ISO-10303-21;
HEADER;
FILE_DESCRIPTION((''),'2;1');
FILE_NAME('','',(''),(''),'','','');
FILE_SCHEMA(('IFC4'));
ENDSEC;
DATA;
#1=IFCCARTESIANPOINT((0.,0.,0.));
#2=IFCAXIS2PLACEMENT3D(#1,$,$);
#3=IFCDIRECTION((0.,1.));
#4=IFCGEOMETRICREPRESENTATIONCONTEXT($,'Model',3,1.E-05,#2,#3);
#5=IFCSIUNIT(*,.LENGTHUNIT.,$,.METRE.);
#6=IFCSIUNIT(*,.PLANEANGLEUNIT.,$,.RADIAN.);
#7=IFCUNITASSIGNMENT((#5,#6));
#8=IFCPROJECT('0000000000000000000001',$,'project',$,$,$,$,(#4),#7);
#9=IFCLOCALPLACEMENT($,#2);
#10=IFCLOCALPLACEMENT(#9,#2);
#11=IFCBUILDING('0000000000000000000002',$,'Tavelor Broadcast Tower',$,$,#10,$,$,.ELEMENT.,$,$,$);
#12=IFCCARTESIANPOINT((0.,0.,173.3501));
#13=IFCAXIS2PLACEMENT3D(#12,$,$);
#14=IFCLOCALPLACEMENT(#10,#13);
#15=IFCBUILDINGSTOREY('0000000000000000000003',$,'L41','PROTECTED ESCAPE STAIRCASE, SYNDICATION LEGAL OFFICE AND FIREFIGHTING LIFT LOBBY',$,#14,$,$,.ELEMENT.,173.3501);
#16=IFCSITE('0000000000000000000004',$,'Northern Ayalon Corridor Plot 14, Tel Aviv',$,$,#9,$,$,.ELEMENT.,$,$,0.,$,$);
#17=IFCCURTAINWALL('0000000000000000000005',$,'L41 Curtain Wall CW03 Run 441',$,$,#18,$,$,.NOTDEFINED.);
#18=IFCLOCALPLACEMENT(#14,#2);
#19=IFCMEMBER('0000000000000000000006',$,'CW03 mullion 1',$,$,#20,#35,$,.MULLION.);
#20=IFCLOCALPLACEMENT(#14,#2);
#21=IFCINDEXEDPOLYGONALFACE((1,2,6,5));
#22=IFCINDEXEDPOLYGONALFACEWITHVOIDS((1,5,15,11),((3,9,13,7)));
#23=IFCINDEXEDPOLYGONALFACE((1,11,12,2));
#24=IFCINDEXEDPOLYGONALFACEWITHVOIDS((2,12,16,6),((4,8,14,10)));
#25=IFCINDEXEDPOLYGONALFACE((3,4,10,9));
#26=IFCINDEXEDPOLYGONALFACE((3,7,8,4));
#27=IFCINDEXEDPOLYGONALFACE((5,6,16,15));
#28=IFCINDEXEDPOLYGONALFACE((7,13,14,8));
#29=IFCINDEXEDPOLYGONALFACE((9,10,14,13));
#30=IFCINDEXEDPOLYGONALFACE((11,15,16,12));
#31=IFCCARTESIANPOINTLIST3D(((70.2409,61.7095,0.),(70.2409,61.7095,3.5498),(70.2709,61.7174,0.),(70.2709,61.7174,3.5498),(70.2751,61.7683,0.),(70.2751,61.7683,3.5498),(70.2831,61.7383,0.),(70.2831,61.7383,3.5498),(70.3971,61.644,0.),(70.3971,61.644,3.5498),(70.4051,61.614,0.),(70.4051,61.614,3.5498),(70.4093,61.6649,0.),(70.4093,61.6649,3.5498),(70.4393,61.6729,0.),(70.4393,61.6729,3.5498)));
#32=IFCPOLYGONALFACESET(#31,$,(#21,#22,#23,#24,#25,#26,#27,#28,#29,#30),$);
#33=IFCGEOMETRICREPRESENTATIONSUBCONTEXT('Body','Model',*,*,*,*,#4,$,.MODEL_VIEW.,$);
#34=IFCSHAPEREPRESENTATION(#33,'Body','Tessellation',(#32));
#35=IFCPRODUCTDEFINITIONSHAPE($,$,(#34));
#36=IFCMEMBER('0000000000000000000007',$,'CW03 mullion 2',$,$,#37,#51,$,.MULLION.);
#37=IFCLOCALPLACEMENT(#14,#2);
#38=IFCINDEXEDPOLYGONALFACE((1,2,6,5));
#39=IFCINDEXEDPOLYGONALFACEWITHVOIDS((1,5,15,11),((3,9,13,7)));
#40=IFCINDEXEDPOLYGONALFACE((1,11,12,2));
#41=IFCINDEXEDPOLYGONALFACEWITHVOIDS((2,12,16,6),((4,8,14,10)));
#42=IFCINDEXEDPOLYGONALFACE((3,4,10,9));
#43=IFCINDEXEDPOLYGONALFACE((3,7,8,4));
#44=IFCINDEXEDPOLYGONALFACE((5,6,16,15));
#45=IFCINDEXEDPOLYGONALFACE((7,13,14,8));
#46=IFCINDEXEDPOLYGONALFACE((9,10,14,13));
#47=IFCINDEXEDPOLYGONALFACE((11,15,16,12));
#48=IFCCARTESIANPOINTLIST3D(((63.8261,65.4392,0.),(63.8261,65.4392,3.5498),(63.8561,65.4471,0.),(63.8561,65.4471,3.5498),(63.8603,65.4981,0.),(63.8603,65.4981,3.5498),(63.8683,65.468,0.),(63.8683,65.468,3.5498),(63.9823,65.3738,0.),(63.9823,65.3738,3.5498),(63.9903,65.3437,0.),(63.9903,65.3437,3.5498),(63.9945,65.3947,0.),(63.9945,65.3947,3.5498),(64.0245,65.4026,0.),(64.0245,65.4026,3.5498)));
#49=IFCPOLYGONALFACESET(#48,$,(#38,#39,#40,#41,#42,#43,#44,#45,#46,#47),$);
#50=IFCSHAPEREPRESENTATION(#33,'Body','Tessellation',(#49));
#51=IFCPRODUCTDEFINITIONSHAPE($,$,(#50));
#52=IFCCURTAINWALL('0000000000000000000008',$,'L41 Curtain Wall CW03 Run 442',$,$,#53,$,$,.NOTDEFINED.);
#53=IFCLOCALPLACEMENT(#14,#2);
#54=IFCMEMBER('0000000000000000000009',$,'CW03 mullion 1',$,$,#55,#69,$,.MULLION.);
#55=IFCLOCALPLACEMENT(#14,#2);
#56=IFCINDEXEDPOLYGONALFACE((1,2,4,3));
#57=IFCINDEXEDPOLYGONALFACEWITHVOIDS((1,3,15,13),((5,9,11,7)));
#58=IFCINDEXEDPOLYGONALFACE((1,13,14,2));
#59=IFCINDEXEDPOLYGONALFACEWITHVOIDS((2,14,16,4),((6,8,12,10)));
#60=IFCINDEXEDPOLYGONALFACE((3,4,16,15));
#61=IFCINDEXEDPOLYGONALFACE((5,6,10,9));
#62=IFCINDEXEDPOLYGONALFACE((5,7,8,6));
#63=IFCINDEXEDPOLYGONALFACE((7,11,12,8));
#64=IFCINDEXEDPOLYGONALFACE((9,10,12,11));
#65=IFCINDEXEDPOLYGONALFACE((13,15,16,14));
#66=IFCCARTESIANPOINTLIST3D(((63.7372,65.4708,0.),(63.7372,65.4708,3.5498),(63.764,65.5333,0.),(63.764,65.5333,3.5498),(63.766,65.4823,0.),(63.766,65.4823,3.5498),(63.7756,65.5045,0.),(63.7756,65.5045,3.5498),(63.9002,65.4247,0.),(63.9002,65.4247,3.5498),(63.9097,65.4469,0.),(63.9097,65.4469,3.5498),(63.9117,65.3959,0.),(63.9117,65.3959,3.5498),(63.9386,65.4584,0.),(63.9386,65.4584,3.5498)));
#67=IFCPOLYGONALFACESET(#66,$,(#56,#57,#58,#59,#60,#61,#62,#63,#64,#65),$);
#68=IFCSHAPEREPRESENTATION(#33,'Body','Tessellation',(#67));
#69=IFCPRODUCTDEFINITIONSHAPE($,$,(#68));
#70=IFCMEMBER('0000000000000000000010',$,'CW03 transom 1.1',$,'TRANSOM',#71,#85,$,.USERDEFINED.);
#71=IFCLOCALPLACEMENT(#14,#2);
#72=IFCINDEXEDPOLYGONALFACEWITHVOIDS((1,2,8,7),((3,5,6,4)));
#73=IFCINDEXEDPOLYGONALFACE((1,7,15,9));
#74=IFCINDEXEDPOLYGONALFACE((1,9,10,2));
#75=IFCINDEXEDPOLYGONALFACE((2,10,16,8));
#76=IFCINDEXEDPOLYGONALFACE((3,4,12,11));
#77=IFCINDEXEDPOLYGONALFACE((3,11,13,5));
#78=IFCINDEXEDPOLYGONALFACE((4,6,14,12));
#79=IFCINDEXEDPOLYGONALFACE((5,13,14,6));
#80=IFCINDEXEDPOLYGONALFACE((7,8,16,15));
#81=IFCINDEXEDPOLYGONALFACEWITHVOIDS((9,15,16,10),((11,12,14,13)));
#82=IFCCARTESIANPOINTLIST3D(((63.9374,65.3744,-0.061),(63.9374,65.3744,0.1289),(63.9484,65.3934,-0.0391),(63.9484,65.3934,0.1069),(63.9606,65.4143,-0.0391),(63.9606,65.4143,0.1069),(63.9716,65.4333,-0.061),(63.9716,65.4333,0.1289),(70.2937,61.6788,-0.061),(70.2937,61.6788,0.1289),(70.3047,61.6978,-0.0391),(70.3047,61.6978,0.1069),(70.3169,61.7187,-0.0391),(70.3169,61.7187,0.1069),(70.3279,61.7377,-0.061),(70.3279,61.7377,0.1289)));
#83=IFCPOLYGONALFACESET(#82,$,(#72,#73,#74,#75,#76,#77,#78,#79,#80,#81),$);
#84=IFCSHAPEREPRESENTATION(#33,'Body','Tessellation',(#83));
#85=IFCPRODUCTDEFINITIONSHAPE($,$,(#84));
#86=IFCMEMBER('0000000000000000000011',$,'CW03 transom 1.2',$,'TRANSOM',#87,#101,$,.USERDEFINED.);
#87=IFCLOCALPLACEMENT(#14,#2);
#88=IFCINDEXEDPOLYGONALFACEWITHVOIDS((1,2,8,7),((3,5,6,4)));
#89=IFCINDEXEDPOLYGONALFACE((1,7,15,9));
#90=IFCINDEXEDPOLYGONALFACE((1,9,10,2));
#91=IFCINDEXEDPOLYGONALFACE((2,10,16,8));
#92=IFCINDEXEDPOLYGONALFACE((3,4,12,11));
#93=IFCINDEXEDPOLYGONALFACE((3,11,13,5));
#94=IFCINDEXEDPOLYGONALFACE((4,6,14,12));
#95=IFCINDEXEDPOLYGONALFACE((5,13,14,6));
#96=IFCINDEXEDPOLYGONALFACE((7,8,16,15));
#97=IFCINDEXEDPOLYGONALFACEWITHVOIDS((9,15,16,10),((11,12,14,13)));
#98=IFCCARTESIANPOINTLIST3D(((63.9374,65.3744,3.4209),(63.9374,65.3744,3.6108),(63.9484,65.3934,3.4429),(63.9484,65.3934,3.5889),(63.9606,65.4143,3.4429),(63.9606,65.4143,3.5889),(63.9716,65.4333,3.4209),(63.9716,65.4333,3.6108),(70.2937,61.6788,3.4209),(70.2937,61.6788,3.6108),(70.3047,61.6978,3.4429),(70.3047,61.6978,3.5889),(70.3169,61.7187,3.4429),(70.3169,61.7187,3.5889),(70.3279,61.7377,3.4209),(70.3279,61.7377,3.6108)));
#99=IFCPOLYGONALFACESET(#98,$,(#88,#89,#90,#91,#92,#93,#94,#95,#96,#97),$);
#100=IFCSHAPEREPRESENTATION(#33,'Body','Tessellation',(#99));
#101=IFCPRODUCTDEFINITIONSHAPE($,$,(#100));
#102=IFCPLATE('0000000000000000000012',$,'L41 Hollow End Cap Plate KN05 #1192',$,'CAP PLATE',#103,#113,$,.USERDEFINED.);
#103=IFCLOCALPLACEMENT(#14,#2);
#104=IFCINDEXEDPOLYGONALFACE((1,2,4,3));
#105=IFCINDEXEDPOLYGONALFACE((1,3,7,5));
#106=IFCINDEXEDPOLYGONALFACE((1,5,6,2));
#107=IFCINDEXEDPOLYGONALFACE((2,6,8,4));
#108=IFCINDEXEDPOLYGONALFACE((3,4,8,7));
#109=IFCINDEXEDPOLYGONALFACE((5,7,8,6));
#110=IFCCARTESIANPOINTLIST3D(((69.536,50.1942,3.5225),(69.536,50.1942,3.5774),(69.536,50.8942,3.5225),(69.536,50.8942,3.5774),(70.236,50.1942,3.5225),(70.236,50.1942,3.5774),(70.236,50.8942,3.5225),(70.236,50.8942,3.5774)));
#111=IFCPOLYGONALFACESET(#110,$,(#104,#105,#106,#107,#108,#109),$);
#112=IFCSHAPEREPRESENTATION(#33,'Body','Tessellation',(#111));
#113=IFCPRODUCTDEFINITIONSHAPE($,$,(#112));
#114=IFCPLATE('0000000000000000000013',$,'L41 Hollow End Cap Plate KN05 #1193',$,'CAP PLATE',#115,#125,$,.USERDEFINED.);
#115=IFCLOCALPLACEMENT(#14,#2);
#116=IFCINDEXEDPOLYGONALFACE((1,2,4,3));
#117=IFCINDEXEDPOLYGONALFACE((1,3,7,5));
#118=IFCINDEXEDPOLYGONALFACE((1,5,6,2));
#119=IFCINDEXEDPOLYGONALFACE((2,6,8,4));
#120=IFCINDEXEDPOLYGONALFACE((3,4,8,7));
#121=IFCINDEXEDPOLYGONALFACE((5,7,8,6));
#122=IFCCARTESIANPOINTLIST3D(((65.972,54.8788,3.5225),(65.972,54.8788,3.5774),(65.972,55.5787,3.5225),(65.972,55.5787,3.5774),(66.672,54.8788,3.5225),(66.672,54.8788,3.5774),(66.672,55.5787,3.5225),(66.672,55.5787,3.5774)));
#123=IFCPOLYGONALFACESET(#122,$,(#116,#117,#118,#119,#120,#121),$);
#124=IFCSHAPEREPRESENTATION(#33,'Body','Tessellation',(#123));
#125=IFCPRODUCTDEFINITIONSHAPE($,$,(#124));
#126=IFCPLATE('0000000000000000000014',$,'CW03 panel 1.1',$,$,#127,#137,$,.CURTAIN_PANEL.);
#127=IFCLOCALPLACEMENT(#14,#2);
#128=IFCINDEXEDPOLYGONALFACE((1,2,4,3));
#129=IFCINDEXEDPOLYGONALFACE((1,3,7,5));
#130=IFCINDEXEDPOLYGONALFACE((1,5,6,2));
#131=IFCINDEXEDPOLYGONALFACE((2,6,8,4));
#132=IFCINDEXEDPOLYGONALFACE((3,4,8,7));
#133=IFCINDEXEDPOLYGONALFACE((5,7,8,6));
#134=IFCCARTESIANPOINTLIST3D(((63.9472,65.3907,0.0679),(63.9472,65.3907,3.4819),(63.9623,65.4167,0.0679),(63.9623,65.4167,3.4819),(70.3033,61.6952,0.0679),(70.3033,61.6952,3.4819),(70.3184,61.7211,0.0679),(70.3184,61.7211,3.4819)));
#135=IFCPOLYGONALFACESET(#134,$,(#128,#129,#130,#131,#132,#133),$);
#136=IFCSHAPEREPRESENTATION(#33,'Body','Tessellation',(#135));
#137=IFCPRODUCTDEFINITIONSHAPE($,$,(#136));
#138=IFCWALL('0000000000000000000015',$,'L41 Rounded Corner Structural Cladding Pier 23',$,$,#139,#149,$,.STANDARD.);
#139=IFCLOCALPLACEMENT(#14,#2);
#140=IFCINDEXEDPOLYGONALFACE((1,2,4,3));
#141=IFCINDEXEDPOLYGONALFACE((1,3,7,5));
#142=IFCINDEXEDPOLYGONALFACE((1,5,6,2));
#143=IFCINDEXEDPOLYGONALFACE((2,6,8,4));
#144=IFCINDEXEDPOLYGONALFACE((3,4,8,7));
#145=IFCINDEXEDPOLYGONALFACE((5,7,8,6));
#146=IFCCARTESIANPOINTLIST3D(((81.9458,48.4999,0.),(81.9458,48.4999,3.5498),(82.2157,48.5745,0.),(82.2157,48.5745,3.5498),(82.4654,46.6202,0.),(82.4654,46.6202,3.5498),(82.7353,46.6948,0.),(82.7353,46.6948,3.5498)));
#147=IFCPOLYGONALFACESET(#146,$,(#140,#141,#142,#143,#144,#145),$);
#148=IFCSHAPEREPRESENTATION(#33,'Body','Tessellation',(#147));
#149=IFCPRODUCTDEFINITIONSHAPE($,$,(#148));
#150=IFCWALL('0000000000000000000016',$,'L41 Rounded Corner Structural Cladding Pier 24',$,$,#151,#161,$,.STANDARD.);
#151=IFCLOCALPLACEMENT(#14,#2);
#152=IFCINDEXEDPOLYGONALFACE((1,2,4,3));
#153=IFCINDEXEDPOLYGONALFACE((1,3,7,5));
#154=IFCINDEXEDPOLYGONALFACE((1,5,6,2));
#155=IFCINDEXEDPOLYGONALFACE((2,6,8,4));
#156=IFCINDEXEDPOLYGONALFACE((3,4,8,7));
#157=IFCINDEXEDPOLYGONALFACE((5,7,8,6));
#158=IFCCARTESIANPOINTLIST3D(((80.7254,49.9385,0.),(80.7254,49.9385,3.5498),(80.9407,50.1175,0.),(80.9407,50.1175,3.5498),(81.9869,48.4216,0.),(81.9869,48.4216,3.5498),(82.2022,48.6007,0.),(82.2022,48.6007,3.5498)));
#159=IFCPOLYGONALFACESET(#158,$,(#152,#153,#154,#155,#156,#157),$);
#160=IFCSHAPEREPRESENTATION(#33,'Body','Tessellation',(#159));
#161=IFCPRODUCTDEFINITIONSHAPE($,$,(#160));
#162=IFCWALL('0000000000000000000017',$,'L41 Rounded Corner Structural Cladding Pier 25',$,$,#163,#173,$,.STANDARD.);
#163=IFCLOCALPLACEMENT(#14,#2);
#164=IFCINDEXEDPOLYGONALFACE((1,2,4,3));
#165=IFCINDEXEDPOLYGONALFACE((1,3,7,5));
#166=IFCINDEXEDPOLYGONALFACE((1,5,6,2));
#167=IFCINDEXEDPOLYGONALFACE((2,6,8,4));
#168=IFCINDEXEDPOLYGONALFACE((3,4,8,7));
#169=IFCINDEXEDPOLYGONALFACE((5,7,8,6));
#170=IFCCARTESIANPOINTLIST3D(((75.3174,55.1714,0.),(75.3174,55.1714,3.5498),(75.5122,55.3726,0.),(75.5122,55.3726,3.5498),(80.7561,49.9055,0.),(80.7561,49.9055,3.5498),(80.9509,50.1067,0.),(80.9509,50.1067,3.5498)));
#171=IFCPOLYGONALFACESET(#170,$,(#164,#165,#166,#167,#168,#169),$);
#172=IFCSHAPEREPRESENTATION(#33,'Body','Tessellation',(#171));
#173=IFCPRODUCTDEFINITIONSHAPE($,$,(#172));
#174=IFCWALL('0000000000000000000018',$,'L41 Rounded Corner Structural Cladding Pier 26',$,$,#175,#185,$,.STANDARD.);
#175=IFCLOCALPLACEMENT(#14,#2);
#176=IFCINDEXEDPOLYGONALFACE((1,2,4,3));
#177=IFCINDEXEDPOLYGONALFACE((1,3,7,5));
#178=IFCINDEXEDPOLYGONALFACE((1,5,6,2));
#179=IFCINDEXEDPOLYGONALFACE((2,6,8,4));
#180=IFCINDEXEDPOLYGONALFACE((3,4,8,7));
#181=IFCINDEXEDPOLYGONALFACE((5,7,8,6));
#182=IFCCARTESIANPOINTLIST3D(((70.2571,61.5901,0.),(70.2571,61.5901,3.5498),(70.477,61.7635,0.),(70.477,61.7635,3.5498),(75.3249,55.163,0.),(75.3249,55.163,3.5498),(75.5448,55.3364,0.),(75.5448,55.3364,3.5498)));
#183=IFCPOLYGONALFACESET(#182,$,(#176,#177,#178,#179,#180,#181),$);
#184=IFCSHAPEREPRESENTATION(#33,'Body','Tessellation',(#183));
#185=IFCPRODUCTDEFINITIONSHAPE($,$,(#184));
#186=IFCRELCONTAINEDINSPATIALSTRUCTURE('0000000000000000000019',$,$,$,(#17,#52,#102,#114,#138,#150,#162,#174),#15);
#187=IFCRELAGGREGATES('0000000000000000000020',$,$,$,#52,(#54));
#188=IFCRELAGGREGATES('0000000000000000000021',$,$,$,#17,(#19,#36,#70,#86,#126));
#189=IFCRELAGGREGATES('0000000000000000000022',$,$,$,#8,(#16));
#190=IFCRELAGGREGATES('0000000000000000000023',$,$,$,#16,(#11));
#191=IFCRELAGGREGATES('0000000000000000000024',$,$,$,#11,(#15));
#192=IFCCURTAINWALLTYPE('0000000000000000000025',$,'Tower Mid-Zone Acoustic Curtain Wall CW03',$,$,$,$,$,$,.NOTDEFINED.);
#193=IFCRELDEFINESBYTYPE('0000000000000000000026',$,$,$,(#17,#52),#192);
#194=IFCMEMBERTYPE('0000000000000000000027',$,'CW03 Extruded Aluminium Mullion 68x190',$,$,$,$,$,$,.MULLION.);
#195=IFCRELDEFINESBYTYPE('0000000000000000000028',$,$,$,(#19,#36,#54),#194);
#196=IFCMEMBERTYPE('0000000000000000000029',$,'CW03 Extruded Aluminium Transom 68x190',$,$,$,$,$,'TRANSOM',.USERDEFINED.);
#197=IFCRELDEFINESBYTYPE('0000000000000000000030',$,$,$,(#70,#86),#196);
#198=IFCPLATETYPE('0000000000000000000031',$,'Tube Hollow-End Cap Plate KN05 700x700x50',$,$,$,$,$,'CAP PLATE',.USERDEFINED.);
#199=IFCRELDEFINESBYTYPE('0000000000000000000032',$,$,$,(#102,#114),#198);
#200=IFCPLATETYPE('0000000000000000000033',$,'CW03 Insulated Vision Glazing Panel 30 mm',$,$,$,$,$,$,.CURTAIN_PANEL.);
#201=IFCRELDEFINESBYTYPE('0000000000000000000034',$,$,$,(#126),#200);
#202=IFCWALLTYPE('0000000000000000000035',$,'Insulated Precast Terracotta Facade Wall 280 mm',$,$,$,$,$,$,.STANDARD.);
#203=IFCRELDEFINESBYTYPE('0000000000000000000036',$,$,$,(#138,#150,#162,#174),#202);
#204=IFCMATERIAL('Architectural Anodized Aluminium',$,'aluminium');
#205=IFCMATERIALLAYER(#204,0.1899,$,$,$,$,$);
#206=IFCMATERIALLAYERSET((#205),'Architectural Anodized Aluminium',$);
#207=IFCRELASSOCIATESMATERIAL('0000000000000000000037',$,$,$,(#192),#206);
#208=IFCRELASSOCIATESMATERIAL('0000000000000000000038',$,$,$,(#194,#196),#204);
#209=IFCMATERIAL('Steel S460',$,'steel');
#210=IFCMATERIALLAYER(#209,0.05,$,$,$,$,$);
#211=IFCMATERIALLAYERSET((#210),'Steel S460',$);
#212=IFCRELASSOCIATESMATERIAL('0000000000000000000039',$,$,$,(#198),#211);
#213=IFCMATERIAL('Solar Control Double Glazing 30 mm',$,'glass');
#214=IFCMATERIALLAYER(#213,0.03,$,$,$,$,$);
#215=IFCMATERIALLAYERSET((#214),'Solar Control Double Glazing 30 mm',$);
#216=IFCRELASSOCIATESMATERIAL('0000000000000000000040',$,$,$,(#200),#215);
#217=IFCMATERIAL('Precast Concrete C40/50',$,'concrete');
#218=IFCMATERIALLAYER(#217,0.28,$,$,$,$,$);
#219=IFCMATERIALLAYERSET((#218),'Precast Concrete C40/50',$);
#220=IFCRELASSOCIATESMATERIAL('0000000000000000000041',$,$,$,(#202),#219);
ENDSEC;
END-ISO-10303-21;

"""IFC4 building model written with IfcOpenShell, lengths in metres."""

from ifc_helpers import new_model, si_unit, direction, frame, frame_2d, origin, origin_2d, place, context, subcontext, project, spatial, rectangle, hollow_rectangle, extrude, source, transform, mapped, material, layer, layer_set, material_profile, profile_set, type_object, type_shapes, element, aggregate, save


model = new_model("IFC4")

# Units and contexts
model_context = context("Model", 3, precision=1e-05, world=origin(), true_north=direction((0.0, 1.0)))
body_context = subcontext(model_context, "Body", "Model", "MODEL_VIEW")
ifc_project = project(units=[si_unit("LENGTHUNIT", "METRE"), si_unit("PLANEANGLEUNIT", "RADIAN")], contexts=[model_context])

# Site, building, storey
site_placement = place(None, origin())
site = spatial("IfcSite", under=ifc_project, at=site_placement, Name="Northern Ayalon Corridor Plot 14, Tel Aviv", CompositionType="ELEMENT", RefElevation=0.0)
building_placement = place(site_placement, origin())
building = spatial("IfcBuilding", under=site, at=building_placement, Name="Tavelor Broadcast Tower", CompositionType="ELEMENT")
storey_placement = place(building_placement, frame((0.0, 0.0, 173.3501)))
storey = spatial("IfcBuildingStorey", under=building, at=storey_placement, Name="L41", Description="PROTECTED ESCAPE STAIRCASE, SYNDICATION LEGAL OFFICE AND FIREFIGHTING LIFT LOBBY", CompositionType="ELEMENT", Elevation=173.3501)

# Shared definitions
ifc_material_1 = material(Name="Steel S460", Category="steel")

# Curtain wall, members
ifc_material_2 = material(Name="Architectural Anodized Aluminium", Category="aluminium")
ifc_layer_1 = layer(ifc_material_2, 0.1899)
ifc_layer_set_1 = layer_set([ifc_layer_1], Name="Architectural Anodized Aluminium")
curtain_wall_type = type_object("IfcCurtainWallType", Name="Tower Mid-Zone Acoustic Curtain Wall CW03", PredefinedType="NOTDEFINED", material=ifc_layer_set_1)
curtain_wall_1_placement = place(storey_placement, origin())
curtain_wall_1 = element("IfcCurtainWall", 1, at=curtain_wall_1_placement, inside=storey, type_object=curtain_wall_type, Name="L41 Curtain Wall CW03 Run 441", PredefinedType="NOTDEFINED")
ifc_material_profile_1 = material_profile(ifc_material_2, hollow_rectangle(XDim=0.0681, YDim=0.1899, WallThickness=0.022, at=origin_2d()), Name="RHS 68x190x22")
ifc_profile_set_1 = profile_set([ifc_material_profile_1], Name="Architectural Anodized Aluminium")
member_type_1 = type_object("IfcMemberType", Name="CW03 Extruded Aluminium Mullion 68x190", PredefinedType="MULLION", material=ifc_profile_set_1)
shared_shape_1 = source(origin(), body_context, "Body", "SweptSolid", [
    extrude(hollow_rectangle(XDim=0.0681, YDim=0.1899, WallThickness=0.022, at=origin_2d()), origin(), (0.0, 0.0, 1.0), 3.5498),
])
type_shapes(member_type_1, [shared_shape_1])
member_1_placement = place(storey_placement, frame((70.3401, 61.6912, 0.0), z_axis=(0.0, 0.0, 1.0), x_axis=(-0.502638, -0.864497, 0.0)))
member_1 = element("IfcMember", 2, at=member_1_placement, type_object=member_type_1, Name="CW03 mullion 1", PredefinedType="MULLION", context=body_context, shape_type="MappedRepresentation", body=[
    mapped(shared_shape_1, transform((0.0, 0.0, 0.0), scale=1.0)),
])
member_2_placement = place(storey_placement, frame((63.9253, 65.4209, 0.0), z_axis=(0.0, 0.0, 1.0), x_axis=(-0.502638, -0.864497, 0.0)))
member_2 = element("IfcMember", 3, at=member_2_placement, type_object=member_type_1, Name="CW03 mullion 2", PredefinedType="MULLION", context=body_context, shape_type="MappedRepresentation", body=[
    mapped(shared_shape_1, transform((0.0, 0.0, 0.0), scale=1.0)),
])

# Curtain wall, member
curtain_wall_2_placement = place(storey_placement, origin())
curtain_wall_2 = element("IfcCurtainWall", 4, at=curtain_wall_2_placement, inside=storey, type_object=curtain_wall_type, Name="L41 Curtain Wall CW03 Run 442", PredefinedType="NOTDEFINED")
member_3_placement = place(storey_placement, frame((63.8379, 65.4646, 0.0), z_axis=(0.0, 0.0, 1.0), x_axis=(-0.394342, -0.918964, 0.0)))
member_3 = element("IfcMember", 5, at=member_3_placement, type_object=member_type_1, Name="CW03 mullion 1", PredefinedType="MULLION", context=body_context, shape_type="MappedRepresentation", body=[
    mapped(shared_shape_1, transform((0.0, 0.0, 0.0), scale=1.0)),
])
aggregate(curtain_wall_2, [member_3])

# Members
ifc_material_profile_2 = material_profile(ifc_material_2, hollow_rectangle(XDim=0.0681, YDim=0.1899, WallThickness=0.022, at=origin_2d()), Name="RHS 68x190x22")
ifc_profile_set_2 = profile_set([ifc_material_profile_2], Name="Architectural Anodized Aluminium")
member_type_2 = type_object("IfcMemberType", Name="CW03 Extruded Aluminium Transom 68x190", ElementType="TRANSOM", PredefinedType="USERDEFINED", material=ifc_profile_set_2)
shared_shape_2 = source(origin(), body_context, "Body", "SweptSolid", [
    extrude(hollow_rectangle(XDim=0.0681, YDim=0.1899, WallThickness=0.022, at=origin_2d()), origin(), (0.0, 0.0, 1.0), 7.3525),
])
type_shapes(member_type_2, [shared_shape_2])
member_4_placement = place(storey_placement, frame((70.3108, 61.7083, 0.0339), z_axis=(-0.864502, 0.50263, 0.0), x_axis=(-0.50263, -0.864502, 0.0)))
member_4 = element("IfcMember", 6, at=member_4_placement, type_object=member_type_2, Name="CW03 transom 1.1", ObjectType="TRANSOM", PredefinedType="USERDEFINED", context=body_context, shape_type="MappedRepresentation", body=[
    mapped(shared_shape_2, transform((0.0, 0.0, 0.0), scale=1.0)),
])
member_5_placement = place(storey_placement, frame((70.3108, 61.7083, 3.5159), z_axis=(-0.864502, 0.50263, 0.0), x_axis=(-0.50263, -0.864502, 0.0)))
member_5 = element("IfcMember", 7, at=member_5_placement, type_object=member_type_2, Name="CW03 transom 1.2", ObjectType="TRANSOM", PredefinedType="USERDEFINED", context=body_context, shape_type="MappedRepresentation", body=[
    mapped(shared_shape_2, transform((0.0, 0.0, 0.0), scale=1.0)),
])

# Plates
ifc_layer_2 = layer(ifc_material_1, 0.05)
ifc_layer_set_2 = layer_set([ifc_layer_2], Name="Steel S460")
plate_type_1 = type_object("IfcPlateType", Name="Tube Hollow-End Cap Plate KN05 700x700x50", ElementType="CAP PLATE", PredefinedType="USERDEFINED", material=ifc_layer_set_2)
shared_shape_3 = source(origin(), body_context, "Body", "SweptSolid", [
    extrude(rectangle(XDim=0.7, YDim=0.7, at=origin_2d()), origin(), (0.0, 0.0, 1.0), 0.0549),
])
type_shapes(plate_type_1, [shared_shape_3])
for number, where, z_axis, x_axis, name in (
    (8, (69.886, 50.5442, 3.5225), (0.0, 0.0, 1.0), (1.0, 0.0, 0.0), "L41 Hollow End Cap Plate KN05 #1192"),
    (9, (66.322, 55.2288, 3.5225), (0.0, 0.0, 1.0), (1.0, 0.0, 0.0), "L41 Hollow End Cap Plate KN05 #1193"),
):
    element("IfcPlate", number, at=place(storey_placement, frame(where, z_axis=z_axis, x_axis=x_axis)), inside=storey, type_object=plate_type_1, Name=name, ObjectType="CAP PLATE", PredefinedType="USERDEFINED", context=body_context, shape_type="MappedRepresentation", body=[
        mapped(shared_shape_3, transform((0.0, 0.0, 0.0), scale=1.0)),
    ])

# Plate
ifc_material_3 = material(Name="Solar Control Double Glazing 30 mm", Category="glass")
ifc_layer_3 = layer(ifc_material_3, 0.03)
ifc_layer_set_3 = layer_set([ifc_layer_3], Name="Solar Control Double Glazing 30 mm")
plate_type_2 = type_object("IfcPlateType", Name="CW03 Insulated Vision Glazing Panel 30 mm", PredefinedType="CURTAIN_PANEL", material=ifc_layer_set_3)
shared_shape_4 = source(origin(), body_context, "Body", "SweptSolid", [
    extrude(rectangle(XDim=7.3523, YDim=0.03, at=origin_2d()), origin(), (0.0, 0.0, 1.0), 3.4141),
])
type_shapes(plate_type_2, [shared_shape_4])
plate_placement = place(storey_placement, frame((67.1328, 63.5559, 0.0679), z_axis=(0.0, 0.0, 1.0), x_axis=(-0.864497, 0.502638, 0.0)))
plate = element("IfcPlate", 10, at=plate_placement, type_object=plate_type_2, Name="CW03 panel 1.1", PredefinedType="CURTAIN_PANEL", context=body_context, shape_type="MappedRepresentation", body=[
    mapped(shared_shape_4, transform((0.0, 0.0, 0.0), scale=1.0)),
])
aggregate(curtain_wall_1, [member_1, member_2, member_4, member_5, plate])

# Walls
ifc_material_4 = material(Name="Precast Concrete C40/50", Category="concrete")
ifc_layer_4 = layer(ifc_material_4, 0.28)
ifc_layer_set_4 = layer_set([ifc_layer_4], Name="Precast Concrete C40/50")
wall_type = type_object("IfcWallType", Name="Insulated Precast Terracotta Facade Wall 280 mm", PredefinedType="STANDARD", material=ifc_layer_set_4)
wall_1_placement = place(storey_placement, frame((82.6003, 46.6575, 0.0), z_axis=(0.0, 0.0, 1.0), x_axis=(-0.26641, 0.96386, 0.0)))
element("IfcWall", 11, at=wall_1_placement, inside=storey, type_object=wall_type, Name="L41 Rounded Corner Structural Cladding Pier 23", PredefinedType="STANDARD", context=body_context, shape_type="SweptSolid", body=[
    extrude(rectangle(XDim=1.9502, YDim=0.28, at=frame_2d((0.9751, 0.0))), origin(), (0.0, 0.0, 1.0), 3.5498),
])
wall_2_placement = place(storey_placement, frame((82.0945, 48.5112, 0.0), z_axis=(0.0, 0.0, 1.0), x_axis=(-0.639417, 0.76886, 0.0)))
element("IfcWall", 12, at=wall_2_placement, inside=storey, type_object=wall_type, Name="L41 Rounded Corner Structural Cladding Pier 24", PredefinedType="STANDARD", context=body_context, shape_type="SweptSolid", body=[
    extrude(rectangle(XDim=1.9729, YDim=0.28, at=frame_2d((0.9863, 0.0))), origin(), (0.0, 0.0, 1.0), 3.5498),
])
wall_3_placement = place(storey_placement, frame((80.8535, 50.0061, 0.0), z_axis=(0.0, 0.0, 1.0), x_axis=(-0.718431, 0.695598, 0.0)))
element("IfcWall", 13, at=wall_3_placement, inside=storey, type_object=wall_type, Name="L41 Rounded Corner Structural Cladding Pier 25", PredefinedType="STANDARD", context=body_context, shape_type="SweptSolid", body=[
    extrude(rectangle(XDim=7.5703, YDim=0.28, at=frame_2d((3.7852, 0.0))), origin(), (0.0, 0.0, 1.0), 3.5498),
])
wall_4_placement = place(storey_placement, frame((75.4348, 55.2498, 0.0), z_axis=(0.0, 0.0, 1.0), x_axis=(-0.619172, 0.785255, 0.0)))
element("IfcWall", 14, at=wall_4_placement, inside=storey, type_object=wall_type, Name="L41 Rounded Corner Structural Cladding Pier 26", PredefinedType="STANDARD", context=body_context, shape_type="SweptSolid", body=[
    extrude(rectangle(XDim=8.1848, YDim=0.28, at=frame_2d((4.0923, 0.0))), origin(), (0.0, 0.0, 1.0), 3.5498),
])

save(model, "model.ifc")
